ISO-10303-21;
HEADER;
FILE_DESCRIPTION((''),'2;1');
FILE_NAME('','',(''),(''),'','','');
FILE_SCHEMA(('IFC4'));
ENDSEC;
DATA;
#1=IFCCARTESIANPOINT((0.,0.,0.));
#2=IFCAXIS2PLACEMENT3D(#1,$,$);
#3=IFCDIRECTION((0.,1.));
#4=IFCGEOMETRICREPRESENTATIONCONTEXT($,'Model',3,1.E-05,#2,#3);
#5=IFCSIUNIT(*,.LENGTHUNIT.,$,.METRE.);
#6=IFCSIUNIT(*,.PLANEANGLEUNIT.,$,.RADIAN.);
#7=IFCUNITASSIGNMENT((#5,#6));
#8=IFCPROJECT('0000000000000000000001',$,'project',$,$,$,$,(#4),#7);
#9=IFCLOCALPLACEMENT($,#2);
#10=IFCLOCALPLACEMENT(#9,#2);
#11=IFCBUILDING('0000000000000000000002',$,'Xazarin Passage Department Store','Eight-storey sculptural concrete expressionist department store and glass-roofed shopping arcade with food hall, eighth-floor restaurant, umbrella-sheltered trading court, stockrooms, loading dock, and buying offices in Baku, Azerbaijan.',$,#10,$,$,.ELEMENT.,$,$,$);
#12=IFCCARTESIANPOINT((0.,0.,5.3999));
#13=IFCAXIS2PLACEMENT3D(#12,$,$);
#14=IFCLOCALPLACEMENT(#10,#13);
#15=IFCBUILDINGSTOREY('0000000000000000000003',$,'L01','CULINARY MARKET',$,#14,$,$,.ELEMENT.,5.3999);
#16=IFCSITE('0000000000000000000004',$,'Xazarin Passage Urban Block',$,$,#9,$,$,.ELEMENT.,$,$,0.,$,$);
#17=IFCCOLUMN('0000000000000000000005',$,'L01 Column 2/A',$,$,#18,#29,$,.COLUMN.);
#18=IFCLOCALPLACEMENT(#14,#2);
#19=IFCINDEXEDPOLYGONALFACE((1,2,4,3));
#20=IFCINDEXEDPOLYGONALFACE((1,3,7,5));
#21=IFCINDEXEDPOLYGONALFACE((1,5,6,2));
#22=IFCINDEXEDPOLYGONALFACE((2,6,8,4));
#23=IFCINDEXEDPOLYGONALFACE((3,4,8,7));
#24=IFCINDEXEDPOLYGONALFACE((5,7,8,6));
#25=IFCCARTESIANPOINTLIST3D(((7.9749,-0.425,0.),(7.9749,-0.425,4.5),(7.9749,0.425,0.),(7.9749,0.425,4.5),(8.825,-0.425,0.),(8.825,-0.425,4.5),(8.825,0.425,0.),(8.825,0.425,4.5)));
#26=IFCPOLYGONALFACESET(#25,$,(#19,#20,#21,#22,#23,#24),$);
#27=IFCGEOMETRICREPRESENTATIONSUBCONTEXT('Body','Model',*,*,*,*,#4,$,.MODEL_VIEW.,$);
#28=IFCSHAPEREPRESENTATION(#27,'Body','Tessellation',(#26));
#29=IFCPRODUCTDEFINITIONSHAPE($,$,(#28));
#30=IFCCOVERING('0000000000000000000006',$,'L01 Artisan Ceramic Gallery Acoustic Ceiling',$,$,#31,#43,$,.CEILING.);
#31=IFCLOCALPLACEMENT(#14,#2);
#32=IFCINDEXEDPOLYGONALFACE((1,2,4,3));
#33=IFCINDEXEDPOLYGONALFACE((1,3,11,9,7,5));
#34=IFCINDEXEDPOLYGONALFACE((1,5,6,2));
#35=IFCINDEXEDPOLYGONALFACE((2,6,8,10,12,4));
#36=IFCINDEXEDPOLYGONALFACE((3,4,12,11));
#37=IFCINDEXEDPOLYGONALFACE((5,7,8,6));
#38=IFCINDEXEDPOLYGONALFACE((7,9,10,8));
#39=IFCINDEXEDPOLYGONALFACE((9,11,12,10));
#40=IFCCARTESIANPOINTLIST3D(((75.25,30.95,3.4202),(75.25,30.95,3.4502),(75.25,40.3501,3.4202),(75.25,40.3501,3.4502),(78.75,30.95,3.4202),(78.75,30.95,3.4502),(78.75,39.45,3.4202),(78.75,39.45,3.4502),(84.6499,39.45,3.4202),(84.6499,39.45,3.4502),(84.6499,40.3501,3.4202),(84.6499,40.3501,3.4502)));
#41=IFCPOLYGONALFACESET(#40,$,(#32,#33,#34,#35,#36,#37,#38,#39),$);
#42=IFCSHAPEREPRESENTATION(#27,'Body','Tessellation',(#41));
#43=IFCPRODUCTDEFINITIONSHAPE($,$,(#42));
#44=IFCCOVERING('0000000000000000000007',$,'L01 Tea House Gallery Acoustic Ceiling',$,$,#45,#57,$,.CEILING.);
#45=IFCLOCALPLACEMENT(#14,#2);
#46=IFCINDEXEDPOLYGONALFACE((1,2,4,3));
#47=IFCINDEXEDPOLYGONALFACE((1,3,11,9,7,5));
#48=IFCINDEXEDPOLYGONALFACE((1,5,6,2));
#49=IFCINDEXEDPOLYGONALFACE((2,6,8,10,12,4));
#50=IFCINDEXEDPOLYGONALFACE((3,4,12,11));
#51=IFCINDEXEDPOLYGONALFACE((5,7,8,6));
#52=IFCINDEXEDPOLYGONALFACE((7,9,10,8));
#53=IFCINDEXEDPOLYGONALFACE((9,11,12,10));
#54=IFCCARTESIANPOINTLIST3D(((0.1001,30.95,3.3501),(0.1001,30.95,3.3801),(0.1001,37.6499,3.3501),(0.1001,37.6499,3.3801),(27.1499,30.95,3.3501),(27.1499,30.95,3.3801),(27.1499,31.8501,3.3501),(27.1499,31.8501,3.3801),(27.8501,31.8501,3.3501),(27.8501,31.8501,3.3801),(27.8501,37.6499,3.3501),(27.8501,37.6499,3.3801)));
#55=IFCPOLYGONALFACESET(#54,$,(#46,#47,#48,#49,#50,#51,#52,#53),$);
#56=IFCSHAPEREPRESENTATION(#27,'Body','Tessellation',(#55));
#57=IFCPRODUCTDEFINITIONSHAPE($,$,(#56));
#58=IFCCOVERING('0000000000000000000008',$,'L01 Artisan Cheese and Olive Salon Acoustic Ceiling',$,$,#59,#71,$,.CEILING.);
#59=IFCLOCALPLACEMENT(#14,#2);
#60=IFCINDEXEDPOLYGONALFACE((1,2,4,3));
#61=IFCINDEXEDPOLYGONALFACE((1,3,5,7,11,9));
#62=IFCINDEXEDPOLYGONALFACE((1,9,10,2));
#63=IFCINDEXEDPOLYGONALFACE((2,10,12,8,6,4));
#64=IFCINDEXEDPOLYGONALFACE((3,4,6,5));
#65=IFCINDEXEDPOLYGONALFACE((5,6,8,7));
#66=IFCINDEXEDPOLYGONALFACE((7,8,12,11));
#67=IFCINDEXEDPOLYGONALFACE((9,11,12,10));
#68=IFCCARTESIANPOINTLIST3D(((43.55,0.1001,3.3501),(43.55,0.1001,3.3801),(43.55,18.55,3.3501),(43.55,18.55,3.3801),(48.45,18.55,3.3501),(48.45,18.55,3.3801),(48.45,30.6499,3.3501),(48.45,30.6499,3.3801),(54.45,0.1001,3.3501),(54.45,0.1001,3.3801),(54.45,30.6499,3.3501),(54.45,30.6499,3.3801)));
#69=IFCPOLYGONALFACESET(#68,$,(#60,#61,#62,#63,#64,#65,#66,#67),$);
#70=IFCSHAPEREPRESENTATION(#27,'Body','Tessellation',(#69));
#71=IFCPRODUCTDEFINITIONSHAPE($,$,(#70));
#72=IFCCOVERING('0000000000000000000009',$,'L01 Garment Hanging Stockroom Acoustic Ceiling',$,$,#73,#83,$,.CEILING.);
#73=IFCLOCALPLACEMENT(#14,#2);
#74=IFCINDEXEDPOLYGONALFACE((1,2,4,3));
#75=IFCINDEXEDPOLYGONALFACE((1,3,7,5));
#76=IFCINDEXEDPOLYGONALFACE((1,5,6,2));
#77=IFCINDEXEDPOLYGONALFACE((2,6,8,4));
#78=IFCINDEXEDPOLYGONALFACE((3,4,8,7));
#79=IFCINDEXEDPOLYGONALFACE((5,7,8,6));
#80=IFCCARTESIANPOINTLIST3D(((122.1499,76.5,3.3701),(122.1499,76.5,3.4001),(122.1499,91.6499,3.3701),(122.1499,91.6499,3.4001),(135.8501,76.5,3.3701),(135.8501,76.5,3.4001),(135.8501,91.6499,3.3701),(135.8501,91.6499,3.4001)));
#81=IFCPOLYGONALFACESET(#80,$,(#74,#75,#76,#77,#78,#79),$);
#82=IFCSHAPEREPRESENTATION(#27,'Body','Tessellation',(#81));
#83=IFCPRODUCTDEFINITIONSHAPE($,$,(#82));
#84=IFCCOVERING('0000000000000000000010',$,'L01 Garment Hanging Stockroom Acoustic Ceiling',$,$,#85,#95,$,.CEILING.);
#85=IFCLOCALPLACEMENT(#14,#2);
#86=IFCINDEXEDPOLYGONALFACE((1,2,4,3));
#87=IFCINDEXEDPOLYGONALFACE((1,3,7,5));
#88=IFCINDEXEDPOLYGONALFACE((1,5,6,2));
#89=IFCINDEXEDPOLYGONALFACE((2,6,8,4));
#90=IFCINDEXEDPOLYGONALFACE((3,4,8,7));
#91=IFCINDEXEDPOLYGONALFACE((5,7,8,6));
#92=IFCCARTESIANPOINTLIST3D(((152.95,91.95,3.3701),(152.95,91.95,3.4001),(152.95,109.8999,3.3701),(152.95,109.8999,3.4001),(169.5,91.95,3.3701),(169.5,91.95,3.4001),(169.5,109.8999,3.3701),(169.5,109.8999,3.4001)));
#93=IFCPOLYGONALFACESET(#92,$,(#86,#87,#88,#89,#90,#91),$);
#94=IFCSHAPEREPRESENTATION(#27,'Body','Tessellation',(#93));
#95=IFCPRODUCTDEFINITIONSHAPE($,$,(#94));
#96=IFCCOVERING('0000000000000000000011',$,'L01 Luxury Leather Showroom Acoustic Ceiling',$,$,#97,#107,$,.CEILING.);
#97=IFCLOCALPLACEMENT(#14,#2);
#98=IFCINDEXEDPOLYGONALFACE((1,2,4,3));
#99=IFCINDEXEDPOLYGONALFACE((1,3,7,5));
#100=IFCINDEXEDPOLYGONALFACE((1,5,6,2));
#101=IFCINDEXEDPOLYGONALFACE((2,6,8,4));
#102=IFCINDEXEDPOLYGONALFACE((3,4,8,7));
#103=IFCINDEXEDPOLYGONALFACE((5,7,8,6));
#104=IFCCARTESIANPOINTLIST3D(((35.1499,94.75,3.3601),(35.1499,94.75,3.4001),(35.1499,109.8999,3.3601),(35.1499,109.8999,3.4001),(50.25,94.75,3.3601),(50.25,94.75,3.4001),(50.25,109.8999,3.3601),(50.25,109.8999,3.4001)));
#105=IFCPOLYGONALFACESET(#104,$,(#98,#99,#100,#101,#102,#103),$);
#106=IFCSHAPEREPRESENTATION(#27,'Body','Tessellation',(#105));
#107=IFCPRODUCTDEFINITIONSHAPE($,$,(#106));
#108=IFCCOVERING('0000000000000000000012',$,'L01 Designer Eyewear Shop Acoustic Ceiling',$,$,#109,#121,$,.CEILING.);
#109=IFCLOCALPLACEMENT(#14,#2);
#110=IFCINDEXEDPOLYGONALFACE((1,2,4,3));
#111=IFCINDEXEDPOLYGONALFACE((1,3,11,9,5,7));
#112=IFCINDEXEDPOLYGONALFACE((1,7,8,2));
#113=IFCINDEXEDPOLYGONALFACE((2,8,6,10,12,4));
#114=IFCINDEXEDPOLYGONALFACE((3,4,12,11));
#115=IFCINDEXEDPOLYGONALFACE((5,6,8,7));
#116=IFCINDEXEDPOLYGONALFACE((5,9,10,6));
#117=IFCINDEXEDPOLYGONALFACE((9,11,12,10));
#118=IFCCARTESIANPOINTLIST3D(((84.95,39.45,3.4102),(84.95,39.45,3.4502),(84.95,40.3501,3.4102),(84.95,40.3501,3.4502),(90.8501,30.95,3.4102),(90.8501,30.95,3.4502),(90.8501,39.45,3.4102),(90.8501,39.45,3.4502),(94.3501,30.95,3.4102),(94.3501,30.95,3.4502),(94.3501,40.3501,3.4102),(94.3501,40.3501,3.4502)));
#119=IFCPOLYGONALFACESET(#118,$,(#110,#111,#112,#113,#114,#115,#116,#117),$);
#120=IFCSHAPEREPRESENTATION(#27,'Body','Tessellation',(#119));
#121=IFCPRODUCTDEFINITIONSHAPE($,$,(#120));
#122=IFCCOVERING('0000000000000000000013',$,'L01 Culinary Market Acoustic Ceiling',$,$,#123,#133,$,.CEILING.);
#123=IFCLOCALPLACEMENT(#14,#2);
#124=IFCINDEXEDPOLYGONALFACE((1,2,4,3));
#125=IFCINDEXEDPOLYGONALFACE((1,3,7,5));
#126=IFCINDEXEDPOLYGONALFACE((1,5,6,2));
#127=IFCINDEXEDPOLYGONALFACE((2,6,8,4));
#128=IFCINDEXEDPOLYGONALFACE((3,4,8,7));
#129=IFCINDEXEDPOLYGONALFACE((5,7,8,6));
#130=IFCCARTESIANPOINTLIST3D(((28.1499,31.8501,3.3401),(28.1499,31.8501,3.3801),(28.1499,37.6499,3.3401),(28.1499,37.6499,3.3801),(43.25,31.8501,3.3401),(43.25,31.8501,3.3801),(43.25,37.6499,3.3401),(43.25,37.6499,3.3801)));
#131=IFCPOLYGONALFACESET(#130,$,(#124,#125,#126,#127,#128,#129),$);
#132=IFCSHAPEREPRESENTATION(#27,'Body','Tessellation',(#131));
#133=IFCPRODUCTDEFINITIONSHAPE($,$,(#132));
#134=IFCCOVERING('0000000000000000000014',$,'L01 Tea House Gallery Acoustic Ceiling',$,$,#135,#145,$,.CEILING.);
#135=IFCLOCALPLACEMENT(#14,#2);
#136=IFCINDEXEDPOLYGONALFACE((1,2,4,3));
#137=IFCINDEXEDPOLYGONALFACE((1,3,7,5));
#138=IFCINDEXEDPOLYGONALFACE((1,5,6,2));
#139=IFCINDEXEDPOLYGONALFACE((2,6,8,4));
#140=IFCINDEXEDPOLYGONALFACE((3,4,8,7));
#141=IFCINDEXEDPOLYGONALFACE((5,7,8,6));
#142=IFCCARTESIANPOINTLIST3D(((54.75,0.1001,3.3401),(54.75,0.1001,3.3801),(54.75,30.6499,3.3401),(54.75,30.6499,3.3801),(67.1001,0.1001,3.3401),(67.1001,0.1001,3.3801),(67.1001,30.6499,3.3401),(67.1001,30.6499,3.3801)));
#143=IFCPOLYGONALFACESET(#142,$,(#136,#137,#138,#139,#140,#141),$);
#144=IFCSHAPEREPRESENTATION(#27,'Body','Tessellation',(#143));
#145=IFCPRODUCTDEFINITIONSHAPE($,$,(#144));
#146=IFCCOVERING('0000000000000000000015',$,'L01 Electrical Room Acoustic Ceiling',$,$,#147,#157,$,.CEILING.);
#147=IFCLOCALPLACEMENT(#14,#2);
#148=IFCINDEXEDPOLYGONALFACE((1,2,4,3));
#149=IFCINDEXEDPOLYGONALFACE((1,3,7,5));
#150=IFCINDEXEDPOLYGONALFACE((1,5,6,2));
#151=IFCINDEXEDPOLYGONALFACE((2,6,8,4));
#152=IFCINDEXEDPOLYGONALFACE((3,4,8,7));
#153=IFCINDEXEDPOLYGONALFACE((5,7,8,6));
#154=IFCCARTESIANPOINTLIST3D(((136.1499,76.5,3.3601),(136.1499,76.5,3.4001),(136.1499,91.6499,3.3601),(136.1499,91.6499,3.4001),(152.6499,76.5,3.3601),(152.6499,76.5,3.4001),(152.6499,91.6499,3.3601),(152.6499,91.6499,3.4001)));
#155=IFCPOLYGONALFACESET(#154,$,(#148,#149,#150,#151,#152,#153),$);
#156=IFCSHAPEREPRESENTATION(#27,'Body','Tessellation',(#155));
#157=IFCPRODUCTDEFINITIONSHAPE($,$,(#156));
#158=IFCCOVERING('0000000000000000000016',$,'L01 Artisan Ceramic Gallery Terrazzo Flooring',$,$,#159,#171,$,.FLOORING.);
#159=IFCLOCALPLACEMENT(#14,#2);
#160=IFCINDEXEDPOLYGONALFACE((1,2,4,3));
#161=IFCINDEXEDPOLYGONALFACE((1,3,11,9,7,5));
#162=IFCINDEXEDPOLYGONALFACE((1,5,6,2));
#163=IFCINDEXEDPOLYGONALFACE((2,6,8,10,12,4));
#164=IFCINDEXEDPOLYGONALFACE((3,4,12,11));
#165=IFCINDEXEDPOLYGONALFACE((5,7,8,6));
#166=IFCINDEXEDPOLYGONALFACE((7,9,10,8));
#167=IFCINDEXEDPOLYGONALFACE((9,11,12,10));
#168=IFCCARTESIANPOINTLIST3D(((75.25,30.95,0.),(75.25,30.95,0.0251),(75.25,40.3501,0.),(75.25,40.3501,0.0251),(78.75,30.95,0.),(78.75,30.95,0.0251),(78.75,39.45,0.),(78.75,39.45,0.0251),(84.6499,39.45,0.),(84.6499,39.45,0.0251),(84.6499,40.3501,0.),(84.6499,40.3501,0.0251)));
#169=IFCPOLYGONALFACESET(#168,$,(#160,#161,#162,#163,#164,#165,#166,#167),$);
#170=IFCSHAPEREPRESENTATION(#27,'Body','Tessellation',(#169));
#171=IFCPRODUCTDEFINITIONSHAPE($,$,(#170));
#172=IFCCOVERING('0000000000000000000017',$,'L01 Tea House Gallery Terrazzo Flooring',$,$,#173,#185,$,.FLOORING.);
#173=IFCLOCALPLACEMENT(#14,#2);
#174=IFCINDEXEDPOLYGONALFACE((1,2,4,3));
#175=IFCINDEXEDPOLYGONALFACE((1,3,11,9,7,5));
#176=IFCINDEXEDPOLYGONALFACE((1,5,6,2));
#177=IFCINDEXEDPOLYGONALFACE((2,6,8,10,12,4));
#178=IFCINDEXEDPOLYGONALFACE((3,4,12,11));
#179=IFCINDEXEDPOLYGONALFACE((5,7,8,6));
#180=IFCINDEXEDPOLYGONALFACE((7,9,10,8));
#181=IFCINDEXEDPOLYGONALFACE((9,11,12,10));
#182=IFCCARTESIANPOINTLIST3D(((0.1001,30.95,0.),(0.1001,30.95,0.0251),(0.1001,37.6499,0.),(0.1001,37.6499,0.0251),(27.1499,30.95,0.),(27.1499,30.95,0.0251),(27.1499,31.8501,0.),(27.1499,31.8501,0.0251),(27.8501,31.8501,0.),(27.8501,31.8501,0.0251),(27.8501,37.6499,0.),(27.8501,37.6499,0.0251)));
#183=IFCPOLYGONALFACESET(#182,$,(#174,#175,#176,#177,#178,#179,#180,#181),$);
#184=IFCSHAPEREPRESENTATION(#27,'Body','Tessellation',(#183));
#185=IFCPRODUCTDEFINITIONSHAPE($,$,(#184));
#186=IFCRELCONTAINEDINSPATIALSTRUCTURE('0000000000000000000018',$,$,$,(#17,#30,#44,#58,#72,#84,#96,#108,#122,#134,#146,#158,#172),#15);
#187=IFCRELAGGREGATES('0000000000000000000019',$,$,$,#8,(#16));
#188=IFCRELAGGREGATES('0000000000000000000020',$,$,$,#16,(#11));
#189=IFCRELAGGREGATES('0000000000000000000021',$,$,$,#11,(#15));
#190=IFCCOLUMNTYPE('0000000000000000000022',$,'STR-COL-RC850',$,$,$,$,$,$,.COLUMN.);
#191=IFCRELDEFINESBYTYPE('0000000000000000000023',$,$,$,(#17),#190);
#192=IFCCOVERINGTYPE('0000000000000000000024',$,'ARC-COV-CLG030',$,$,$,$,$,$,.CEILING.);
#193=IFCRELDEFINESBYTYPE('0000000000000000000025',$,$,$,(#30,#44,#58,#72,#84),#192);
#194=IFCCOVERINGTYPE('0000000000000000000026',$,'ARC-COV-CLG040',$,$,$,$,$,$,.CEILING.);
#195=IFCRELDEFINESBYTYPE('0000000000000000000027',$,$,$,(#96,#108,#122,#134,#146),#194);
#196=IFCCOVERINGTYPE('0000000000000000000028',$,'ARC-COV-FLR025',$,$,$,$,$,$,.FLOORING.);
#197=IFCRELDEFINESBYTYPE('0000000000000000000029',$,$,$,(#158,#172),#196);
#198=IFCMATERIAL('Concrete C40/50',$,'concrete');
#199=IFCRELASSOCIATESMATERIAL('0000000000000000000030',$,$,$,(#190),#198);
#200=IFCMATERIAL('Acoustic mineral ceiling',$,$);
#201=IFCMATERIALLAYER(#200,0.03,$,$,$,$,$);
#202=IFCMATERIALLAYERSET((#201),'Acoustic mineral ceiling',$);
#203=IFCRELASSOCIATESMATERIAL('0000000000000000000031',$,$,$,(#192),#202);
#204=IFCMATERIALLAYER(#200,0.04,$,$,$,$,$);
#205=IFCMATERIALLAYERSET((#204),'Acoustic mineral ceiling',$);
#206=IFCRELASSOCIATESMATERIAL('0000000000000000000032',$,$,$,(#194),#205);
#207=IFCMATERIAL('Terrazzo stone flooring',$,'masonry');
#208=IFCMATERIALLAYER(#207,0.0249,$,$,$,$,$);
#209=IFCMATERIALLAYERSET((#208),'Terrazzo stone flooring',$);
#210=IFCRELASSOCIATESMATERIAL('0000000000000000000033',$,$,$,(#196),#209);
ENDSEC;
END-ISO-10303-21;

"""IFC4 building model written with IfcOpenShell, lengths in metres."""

from ifc_helpers import new_model, si_unit, direction, frame, origin, origin_2d, place, context, subcontext, project, spatial, polyline, rectangle, outline, extrude, material, layer, layer_set, material_profile, profile_set, type_object, element, save


model = new_model("IFC4")

# Units and contexts
model_context = context("Model", 3, precision=1e-05, world=origin(), true_north=direction((0.0, 1.0)))
body_context = subcontext(model_context, "Body", "Model", "MODEL_VIEW")
ifc_project = project(units=[si_unit("LENGTHUNIT", "METRE"), si_unit("PLANEANGLEUNIT", "RADIAN")], contexts=[model_context])

# Site, building, storey
site_placement = place(None, origin())
site = spatial("IfcSite", under=ifc_project, at=site_placement, Name="Xazarin Passage Urban Block", CompositionType="ELEMENT", RefElevation=0.0)
building_placement = place(site_placement, origin())
building = spatial("IfcBuilding", under=site, at=building_placement, Name="Xazarin Passage Department Store", Description="Eight-storey sculptural concrete expressionist department store and glass-roofed shopping arcade with food hall, eighth-floor restaurant, umbrella-sheltered trading court, stockrooms, loading dock, and buying offices in Baku, Azerbaijan.", CompositionType="ELEMENT")
storey_placement = place(building_placement, frame((0.0, 0.0, 5.3999)))
storey = spatial("IfcBuildingStorey", under=building, at=storey_placement, Name="L01", Description="CULINARY MARKET", CompositionType="ELEMENT", Elevation=5.3999)

# Column
ifc_material_1 = material(Name="Concrete C40/50", Category="concrete")
ifc_material_profile = material_profile(ifc_material_1, rectangle(XDim=0.8501, YDim=0.8501, at=origin_2d()), Name="RC 850x850")
ifc_profile_set = profile_set([ifc_material_profile], Name="Concrete C40/50")
column_type = type_object("IfcColumnType", Name="STR-COL-RC850", PredefinedType="COLUMN", material=ifc_profile_set)
column_placement = place(storey_placement, frame((8.3999, 0.0, 0.0), z_axis=(0.0, 0.0, 1.0), x_axis=(1.0, 0.0, 0.0)))
element("IfcColumn", 1, at=column_placement, inside=storey, type_object=column_type, Name="L01 Column 2/A", PredefinedType="COLUMN", context=body_context, shape_type="SweptSolid", body=[
    extrude(rectangle(XDim=0.8501, YDim=0.8501, at=origin_2d()), origin(), (0.0, 0.0, 1.0), 4.5),
])

# Coverings
ifc_material_2 = material(Name="Acoustic mineral ceiling")
ifc_layer_1 = layer(ifc_material_2, 0.03)
ifc_layer_set_1 = layer_set([ifc_layer_1], Name="Acoustic mineral ceiling")
covering_type_1 = type_object("IfcCoveringType", Name="ARC-COV-CLG030", PredefinedType="CEILING", material=ifc_layer_set_1)
covering_1_placement = place(storey_placement, frame((0.0, 0.0, 3.4202)))
element("IfcCovering", 2, at=covering_1_placement, inside=storey, type_object=covering_type_1, Name="L01 Artisan Ceramic Gallery Acoustic Ceiling", PredefinedType="CEILING", context=body_context, shape_type="SweptSolid", body=[
    extrude(outline(polyline([(75.25, 40.3501), (75.25, 30.95), (78.75, 30.95), (78.75, 39.45), (84.6499, 39.45), (84.6499, 40.3501), (75.25, 40.3501)])), origin(), (0.0, 0.0, 1.0), 0.03),
])
covering_2_placement = place(storey_placement, frame((0.0, 0.0, 3.3501)))
element("IfcCovering", 3, at=covering_2_placement, inside=storey, type_object=covering_type_1, Name="L01 Tea House Gallery Acoustic Ceiling", PredefinedType="CEILING", context=body_context, shape_type="SweptSolid", body=[
    extrude(outline(polyline([(27.1499, 30.95), (27.1499, 31.8501), (27.8501, 31.8501), (27.8501, 37.6499), (0.1001, 37.6499), (0.1001, 30.95), (27.1499, 30.95)])), origin(), (0.0, 0.0, 1.0), 0.03),
])
covering_3_placement = place(storey_placement, frame((0.0, 0.0, 3.3501)))
element("IfcCovering", 4, at=covering_3_placement, inside=storey, type_object=covering_type_1, Name="L01 Artisan Cheese and Olive Salon Acoustic Ceiling", PredefinedType="CEILING", context=body_context, shape_type="SweptSolid", body=[
    extrude(outline(polyline([(48.45, 18.55), (43.55, 18.55), (43.55, 0.1001), (54.45, 0.1001), (54.45, 30.6499), (48.45, 30.6499), (48.45, 18.55)])), origin(), (0.0, 0.0, 1.0), 0.03),
])
covering_4_placement = place(storey_placement, frame((0.0, 0.0, 3.3701)))
element("IfcCovering", 5, at=covering_4_placement, inside=storey, type_object=covering_type_1, Name="L01 Garment Hanging Stockroom Acoustic Ceiling", PredefinedType="CEILING", context=body_context, shape_type="SweptSolid", body=[
    extrude(outline(polyline([(122.1499, 76.5), (135.8501, 76.5), (135.8501, 91.6499), (122.1499, 91.6499), (122.1499, 76.5)])), origin(), (0.0, 0.0, 1.0), 0.03),
])
covering_5_placement = place(storey_placement, frame((0.0, 0.0, 3.3701)))
element("IfcCovering", 6, at=covering_5_placement, inside=storey, type_object=covering_type_1, Name="L01 Garment Hanging Stockroom Acoustic Ceiling", PredefinedType="CEILING", context=body_context, shape_type="SweptSolid", body=[
    extrude(outline(polyline([(152.95, 91.95), (169.5, 91.95), (169.5, 109.8999), (152.95, 109.8999), (152.95, 91.95)])), origin(), (0.0, 0.0, 1.0), 0.03),
])
ifc_layer_2 = layer(ifc_material_2, 0.04)
ifc_layer_set_2 = layer_set([ifc_layer_2], Name="Acoustic mineral ceiling")
covering_type_2 = type_object("IfcCoveringType", Name="ARC-COV-CLG040", PredefinedType="CEILING", material=ifc_layer_set_2)
covering_6_placement = place(storey_placement, frame((0.0, 0.0, 3.3601)))
element("IfcCovering", 7, at=covering_6_placement, inside=storey, type_object=covering_type_2, Name="L01 Luxury Leather Showroom Acoustic Ceiling", PredefinedType="CEILING", context=body_context, shape_type="SweptSolid", body=[
    extrude(outline(polyline([(35.1499, 94.75), (50.25, 94.75), (50.25, 109.8999), (35.1499, 109.8999), (35.1499, 94.75)])), origin(), (0.0, 0.0, 1.0), 0.04),
])
covering_7_placement = place(storey_placement, frame((0.0, 0.0, 3.4102)))
element("IfcCovering", 8, at=covering_7_placement, inside=storey, type_object=covering_type_2, Name="L01 Designer Eyewear Shop Acoustic Ceiling", PredefinedType="CEILING", context=body_context, shape_type="SweptSolid", body=[
    extrude(outline(polyline([(94.3501, 40.3501), (84.95, 40.3501), (84.95, 39.45), (90.8501, 39.45), (90.8501, 30.95), (94.3501, 30.95), (94.3501, 40.3501)])), origin(), (0.0, 0.0, 1.0), 0.04),
])
covering_8_placement = place(storey_placement, frame((0.0, 0.0, 3.3401)))
element("IfcCovering", 9, at=covering_8_placement, inside=storey, type_object=covering_type_2, Name="L01 Culinary Market Acoustic Ceiling", PredefinedType="CEILING", context=body_context, shape_type="SweptSolid", body=[
    extrude(outline(polyline([(28.1499, 31.8501), (43.25, 31.8501), (43.25, 37.6499), (28.1499, 37.6499), (28.1499, 31.8501)])), origin(), (0.0, 0.0, 1.0), 0.04),
])
covering_9_placement = place(storey_placement, frame((0.0, 0.0, 3.3401)))
element("IfcCovering", 10, at=covering_9_placement, inside=storey, type_object=covering_type_2, Name="L01 Tea House Gallery Acoustic Ceiling", PredefinedType="CEILING", context=body_context, shape_type="SweptSolid", body=[
    extrude(outline(polyline([(54.75, 0.1001), (67.1001, 0.1001), (67.1001, 30.6499), (54.75, 30.6499), (54.75, 0.1001)])), origin(), (0.0, 0.0, 1.0), 0.04),
])
covering_10_placement = place(storey_placement, frame((0.0, 0.0, 3.3601)))
element("IfcCovering", 11, at=covering_10_placement, inside=storey, type_object=covering_type_2, Name="L01 Electrical Room Acoustic Ceiling", PredefinedType="CEILING", context=body_context, shape_type="SweptSolid", body=[
    extrude(outline(polyline([(136.1499, 76.5), (152.6499, 76.5), (152.6499, 91.6499), (136.1499, 91.6499), (136.1499, 76.5)])), origin(), (0.0, 0.0, 1.0), 0.04),
])
ifc_material_3 = material(Name="Terrazzo stone flooring", Category="masonry")
ifc_layer_3 = layer(ifc_material_3, 0.0249)
ifc_layer_set_3 = layer_set([ifc_layer_3], Name="Terrazzo stone flooring")
covering_type_3 = type_object("IfcCoveringType", Name="ARC-COV-FLR025", PredefinedType="FLOORING", material=ifc_layer_set_3)
covering_11_placement = place(storey_placement, origin())
element("IfcCovering", 12, at=covering_11_placement, inside=storey, type_object=covering_type_3, Name="L01 Artisan Ceramic Gallery Terrazzo Flooring", PredefinedType="FLOORING", context=body_context, shape_type="SweptSolid", body=[
    extrude(outline(polyline([(75.25, 40.3501), (75.25, 30.95), (78.75, 30.95), (78.75, 39.45), (84.6499, 39.45), (84.6499, 40.3501), (75.25, 40.3501)])), origin(), (0.0, 0.0, 1.0), 0.0251),
])
covering_12_placement = place(storey_placement, origin())
element("IfcCovering", 13, at=covering_12_placement, inside=storey, type_object=covering_type_3, Name="L01 Tea House Gallery Terrazzo Flooring", PredefinedType="FLOORING", context=body_context, shape_type="SweptSolid", body=[
    extrude(outline(polyline([(27.1499, 30.95), (27.1499, 31.8501), (27.8501, 31.8501), (27.8501, 37.6499), (0.1001, 37.6499), (0.1001, 30.95), (27.1499, 30.95)])), origin(), (0.0, 0.0, 1.0), 0.0251),
])

save(model, "model.ifc")
